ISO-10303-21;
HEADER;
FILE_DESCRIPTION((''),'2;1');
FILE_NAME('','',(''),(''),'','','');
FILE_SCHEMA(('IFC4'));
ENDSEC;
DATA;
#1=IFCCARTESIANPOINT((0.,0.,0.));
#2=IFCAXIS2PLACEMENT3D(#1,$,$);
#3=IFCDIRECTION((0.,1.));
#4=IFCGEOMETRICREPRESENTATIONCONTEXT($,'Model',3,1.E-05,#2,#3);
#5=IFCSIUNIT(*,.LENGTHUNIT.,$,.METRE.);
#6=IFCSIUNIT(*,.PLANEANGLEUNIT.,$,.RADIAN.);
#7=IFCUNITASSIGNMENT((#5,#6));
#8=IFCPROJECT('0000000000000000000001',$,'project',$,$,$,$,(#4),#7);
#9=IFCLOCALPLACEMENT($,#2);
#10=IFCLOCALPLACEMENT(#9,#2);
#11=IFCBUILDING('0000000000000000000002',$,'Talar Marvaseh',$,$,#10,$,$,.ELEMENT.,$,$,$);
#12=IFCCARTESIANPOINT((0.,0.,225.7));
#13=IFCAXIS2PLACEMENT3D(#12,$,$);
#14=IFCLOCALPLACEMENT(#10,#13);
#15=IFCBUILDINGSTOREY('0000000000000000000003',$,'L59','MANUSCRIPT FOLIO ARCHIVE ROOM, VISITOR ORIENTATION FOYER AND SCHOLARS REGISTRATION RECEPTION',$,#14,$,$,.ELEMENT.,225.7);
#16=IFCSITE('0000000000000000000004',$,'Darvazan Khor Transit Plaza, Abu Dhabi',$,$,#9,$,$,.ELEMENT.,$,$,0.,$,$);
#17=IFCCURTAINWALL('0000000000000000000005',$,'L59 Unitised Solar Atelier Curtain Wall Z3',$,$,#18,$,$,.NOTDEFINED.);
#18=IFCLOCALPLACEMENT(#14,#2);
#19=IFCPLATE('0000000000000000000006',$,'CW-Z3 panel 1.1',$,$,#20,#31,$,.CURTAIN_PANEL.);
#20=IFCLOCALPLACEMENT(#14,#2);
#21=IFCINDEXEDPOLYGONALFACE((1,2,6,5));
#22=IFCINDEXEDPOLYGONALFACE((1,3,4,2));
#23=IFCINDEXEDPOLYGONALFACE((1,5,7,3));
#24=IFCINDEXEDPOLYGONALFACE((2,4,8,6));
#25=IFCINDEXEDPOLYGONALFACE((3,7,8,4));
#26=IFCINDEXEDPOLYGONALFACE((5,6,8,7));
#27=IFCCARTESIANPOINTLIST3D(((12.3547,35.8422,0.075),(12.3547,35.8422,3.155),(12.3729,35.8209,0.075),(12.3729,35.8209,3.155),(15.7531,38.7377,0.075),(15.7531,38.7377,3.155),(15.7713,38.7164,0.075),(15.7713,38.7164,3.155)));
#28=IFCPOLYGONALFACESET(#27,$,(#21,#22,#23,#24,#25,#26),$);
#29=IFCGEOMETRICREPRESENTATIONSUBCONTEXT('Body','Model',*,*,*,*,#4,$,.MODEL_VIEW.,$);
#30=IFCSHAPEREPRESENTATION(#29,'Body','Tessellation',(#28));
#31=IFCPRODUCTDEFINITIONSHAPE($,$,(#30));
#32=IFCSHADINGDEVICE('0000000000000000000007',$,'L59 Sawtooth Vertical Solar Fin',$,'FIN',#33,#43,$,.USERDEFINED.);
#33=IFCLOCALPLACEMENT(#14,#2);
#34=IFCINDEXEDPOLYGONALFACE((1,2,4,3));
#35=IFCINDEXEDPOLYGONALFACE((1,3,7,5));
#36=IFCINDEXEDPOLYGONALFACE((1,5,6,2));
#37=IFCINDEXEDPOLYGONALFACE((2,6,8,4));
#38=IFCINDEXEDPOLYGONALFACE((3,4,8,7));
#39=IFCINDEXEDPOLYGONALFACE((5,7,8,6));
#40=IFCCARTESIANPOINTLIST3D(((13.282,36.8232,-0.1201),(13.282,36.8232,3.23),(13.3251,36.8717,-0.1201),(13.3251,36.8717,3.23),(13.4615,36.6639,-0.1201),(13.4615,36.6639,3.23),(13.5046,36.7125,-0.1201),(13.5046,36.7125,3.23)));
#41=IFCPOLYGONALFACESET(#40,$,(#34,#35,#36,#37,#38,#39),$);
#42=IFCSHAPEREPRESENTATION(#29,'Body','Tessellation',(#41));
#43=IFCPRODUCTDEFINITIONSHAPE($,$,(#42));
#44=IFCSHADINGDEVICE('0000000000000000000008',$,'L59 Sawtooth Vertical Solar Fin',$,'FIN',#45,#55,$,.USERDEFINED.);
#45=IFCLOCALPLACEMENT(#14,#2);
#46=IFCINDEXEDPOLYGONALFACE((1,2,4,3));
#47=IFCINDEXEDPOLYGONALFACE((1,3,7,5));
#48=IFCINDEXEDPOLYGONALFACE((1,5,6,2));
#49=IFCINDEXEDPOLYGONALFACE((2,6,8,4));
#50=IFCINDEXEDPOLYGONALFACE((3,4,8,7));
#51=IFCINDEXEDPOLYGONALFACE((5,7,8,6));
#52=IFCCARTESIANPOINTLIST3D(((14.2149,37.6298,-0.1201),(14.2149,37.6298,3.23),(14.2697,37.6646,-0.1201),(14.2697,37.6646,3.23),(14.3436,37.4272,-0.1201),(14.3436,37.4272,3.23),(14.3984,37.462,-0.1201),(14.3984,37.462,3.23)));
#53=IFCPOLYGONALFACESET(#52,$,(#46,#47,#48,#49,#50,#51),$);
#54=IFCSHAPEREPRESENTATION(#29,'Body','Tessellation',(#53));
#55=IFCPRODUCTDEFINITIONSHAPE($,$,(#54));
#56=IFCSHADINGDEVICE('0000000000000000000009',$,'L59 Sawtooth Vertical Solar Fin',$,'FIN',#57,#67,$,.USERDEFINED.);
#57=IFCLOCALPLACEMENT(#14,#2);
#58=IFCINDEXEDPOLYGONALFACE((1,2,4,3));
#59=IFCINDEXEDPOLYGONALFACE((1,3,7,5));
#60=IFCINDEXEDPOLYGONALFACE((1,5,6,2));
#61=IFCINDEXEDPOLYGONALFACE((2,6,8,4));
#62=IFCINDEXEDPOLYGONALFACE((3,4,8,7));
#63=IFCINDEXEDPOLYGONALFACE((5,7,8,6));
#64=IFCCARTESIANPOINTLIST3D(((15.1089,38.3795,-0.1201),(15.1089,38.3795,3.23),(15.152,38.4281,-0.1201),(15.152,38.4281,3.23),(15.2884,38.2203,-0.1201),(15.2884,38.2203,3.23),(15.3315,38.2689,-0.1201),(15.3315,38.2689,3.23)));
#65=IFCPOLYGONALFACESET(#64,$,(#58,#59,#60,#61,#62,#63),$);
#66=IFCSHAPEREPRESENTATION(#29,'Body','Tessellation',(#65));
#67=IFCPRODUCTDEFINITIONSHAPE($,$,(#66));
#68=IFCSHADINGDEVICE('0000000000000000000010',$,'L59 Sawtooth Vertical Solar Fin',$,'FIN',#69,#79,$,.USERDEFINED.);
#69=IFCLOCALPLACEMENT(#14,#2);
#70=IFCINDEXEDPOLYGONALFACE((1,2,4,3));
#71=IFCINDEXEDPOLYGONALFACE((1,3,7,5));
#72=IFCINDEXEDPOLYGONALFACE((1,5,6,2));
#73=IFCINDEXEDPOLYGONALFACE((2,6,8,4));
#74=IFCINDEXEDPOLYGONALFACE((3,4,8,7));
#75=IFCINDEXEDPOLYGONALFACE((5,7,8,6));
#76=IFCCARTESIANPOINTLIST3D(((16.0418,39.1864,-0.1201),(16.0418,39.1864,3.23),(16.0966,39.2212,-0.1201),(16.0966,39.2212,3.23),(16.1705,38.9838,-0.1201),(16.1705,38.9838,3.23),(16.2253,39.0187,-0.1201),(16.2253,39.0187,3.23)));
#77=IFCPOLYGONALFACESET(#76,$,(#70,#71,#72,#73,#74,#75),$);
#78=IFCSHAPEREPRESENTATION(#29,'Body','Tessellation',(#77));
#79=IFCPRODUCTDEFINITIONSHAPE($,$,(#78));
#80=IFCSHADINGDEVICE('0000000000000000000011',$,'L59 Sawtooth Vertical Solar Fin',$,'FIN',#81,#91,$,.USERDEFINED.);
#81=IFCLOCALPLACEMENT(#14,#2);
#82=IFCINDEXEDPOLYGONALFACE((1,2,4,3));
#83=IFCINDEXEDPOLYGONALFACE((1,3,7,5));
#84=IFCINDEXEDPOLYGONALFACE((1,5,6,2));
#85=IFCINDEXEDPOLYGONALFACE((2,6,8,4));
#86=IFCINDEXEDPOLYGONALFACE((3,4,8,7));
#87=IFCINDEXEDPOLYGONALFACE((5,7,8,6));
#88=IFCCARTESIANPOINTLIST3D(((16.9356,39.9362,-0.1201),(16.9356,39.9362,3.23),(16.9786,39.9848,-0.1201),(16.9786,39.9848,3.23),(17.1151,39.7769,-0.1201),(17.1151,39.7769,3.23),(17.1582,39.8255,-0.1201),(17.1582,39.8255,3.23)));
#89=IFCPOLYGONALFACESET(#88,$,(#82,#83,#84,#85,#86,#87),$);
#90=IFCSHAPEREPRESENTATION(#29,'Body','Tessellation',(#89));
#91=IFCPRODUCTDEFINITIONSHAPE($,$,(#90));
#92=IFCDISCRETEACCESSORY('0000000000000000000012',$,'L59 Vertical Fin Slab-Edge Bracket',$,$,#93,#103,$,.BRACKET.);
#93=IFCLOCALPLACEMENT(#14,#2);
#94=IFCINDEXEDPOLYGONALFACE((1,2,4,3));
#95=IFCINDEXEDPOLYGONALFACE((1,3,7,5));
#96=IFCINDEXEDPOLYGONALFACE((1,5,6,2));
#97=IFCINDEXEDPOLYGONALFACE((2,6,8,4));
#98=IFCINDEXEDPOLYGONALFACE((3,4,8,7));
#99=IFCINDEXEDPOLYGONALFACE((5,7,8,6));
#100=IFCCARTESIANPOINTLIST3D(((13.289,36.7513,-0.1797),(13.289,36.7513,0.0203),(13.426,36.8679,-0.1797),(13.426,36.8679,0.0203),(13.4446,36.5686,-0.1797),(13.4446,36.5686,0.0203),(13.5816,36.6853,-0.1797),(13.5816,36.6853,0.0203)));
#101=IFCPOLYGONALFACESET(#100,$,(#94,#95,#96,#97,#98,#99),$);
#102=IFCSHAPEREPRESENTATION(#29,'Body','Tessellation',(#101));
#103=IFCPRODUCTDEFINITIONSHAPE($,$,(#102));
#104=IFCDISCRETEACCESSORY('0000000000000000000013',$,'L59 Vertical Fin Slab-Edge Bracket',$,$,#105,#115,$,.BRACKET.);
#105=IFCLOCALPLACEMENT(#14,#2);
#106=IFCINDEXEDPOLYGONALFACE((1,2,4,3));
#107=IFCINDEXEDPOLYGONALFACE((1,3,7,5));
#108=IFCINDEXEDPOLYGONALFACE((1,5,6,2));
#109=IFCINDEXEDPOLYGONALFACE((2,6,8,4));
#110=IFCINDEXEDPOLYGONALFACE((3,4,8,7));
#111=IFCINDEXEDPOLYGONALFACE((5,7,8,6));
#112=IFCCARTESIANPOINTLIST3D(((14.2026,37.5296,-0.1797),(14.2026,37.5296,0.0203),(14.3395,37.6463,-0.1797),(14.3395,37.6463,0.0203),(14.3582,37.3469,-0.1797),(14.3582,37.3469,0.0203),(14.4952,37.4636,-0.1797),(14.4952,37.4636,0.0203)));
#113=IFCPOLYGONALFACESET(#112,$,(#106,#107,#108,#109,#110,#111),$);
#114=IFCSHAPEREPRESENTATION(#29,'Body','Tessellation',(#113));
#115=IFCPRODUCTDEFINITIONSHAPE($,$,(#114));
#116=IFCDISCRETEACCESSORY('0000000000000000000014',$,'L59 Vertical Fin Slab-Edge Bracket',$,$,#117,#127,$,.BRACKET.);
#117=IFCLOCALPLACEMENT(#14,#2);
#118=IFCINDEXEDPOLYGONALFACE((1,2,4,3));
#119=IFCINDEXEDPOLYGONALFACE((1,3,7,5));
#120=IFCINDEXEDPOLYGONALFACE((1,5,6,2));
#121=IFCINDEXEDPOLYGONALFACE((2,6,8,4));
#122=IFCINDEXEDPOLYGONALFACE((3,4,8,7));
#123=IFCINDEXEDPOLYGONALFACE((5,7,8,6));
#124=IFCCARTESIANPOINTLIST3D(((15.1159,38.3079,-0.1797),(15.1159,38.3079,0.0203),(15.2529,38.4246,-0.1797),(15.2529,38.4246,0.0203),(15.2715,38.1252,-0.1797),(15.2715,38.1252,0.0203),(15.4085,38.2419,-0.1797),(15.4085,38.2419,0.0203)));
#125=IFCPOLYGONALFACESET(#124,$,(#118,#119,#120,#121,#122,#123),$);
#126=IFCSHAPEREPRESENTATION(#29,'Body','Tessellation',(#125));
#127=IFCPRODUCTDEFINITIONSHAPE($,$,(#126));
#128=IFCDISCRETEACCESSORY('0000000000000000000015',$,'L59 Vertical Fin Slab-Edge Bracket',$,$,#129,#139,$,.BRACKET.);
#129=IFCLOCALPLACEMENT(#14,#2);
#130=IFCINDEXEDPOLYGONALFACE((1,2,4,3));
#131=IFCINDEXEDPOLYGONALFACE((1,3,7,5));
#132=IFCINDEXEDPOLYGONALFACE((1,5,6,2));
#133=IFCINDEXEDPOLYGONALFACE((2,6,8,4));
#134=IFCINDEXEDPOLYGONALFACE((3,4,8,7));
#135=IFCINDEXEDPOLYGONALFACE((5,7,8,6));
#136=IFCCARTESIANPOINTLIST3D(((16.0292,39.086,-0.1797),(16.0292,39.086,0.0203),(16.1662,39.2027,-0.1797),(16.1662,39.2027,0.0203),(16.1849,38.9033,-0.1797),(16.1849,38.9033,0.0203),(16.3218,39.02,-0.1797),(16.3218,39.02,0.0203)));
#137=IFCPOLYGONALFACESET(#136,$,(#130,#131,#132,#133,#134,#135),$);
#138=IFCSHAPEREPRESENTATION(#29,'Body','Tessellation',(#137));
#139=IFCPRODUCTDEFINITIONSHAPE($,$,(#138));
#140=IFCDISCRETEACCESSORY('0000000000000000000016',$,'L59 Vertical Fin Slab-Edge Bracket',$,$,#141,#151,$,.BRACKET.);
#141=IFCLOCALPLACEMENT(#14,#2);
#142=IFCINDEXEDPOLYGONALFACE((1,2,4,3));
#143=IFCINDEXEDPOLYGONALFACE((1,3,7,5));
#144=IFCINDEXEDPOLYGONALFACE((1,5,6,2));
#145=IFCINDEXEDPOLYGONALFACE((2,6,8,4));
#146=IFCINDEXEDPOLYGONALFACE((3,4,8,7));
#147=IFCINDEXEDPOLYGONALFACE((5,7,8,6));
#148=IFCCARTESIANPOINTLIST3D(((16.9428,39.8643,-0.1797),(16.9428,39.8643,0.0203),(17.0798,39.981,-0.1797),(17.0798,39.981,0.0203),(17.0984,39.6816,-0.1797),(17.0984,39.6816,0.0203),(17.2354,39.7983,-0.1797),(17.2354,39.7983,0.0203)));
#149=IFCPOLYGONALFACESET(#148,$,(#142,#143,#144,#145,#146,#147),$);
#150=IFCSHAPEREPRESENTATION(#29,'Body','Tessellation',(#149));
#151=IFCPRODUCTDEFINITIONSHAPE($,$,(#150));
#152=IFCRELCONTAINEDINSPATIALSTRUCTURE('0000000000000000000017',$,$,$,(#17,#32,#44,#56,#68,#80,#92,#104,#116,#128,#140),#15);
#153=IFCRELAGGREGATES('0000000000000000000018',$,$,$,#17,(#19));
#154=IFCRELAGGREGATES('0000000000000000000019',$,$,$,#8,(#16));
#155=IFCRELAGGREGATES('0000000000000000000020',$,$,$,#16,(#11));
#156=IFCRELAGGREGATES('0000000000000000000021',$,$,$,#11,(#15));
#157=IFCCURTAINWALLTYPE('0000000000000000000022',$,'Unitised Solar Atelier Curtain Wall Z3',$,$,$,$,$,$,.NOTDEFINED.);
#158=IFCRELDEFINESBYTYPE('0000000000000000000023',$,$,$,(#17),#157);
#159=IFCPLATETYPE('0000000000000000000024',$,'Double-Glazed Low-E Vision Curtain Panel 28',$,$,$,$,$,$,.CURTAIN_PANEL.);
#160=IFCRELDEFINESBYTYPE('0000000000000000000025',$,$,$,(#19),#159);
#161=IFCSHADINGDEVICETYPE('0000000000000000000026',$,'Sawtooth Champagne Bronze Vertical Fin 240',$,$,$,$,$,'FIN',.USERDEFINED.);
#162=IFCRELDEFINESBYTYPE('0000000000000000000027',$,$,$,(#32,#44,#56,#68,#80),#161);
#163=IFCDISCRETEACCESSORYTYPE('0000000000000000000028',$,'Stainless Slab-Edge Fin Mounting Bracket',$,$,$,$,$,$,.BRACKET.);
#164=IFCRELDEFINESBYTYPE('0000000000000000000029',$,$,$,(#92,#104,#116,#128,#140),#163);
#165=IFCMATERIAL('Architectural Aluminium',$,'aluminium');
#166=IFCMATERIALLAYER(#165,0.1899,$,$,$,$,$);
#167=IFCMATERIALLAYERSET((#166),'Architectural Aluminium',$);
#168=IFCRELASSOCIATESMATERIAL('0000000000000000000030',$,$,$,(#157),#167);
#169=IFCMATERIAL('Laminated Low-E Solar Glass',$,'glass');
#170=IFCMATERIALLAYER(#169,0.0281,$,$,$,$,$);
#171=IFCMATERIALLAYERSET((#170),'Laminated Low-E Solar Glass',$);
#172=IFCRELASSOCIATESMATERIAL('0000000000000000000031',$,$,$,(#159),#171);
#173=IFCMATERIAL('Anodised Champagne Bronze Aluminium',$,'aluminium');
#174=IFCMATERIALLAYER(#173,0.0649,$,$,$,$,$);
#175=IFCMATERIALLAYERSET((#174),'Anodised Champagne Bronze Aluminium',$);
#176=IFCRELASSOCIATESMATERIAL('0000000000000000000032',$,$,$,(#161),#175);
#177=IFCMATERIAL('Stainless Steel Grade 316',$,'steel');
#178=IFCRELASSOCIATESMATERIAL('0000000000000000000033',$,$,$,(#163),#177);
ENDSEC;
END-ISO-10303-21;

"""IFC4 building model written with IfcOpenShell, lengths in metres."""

from ifc_helpers import new_model, si_unit, direction, frame, origin, origin_2d, place, context, subcontext, project, spatial, rectangle, extrude, source, transform, mapped, material, layer, layer_set, type_object, type_shapes, element, aggregate, save


model = new_model("IFC4")

# Units and contexts
model_context = context("Model", 3, precision=1e-05, world=origin(), true_north=direction((0.0, 1.0)))
body_context = subcontext(model_context, "Body", "Model", "MODEL_VIEW")
ifc_project = project(units=[si_unit("LENGTHUNIT", "METRE"), si_unit("PLANEANGLEUNIT", "RADIAN")], contexts=[model_context])

# Site, building, storey
site_placement = place(None, origin())
site = spatial("IfcSite", under=ifc_project, at=site_placement, Name="Darvazan Khor Transit Plaza, Abu Dhabi", CompositionType="ELEMENT", RefElevation=0.0)
building_placement = place(site_placement, origin())
building = spatial("IfcBuilding", under=site, at=building_placement, Name="Talar Marvaseh", CompositionType="ELEMENT")
storey_placement = place(building_placement, frame((0.0, 0.0, 225.7)))
storey = spatial("IfcBuildingStorey", under=building, at=storey_placement, Name="L59", Description="MANUSCRIPT FOLIO ARCHIVE ROOM, VISITOR ORIENTATION FOYER AND SCHOLARS REGISTRATION RECEPTION", CompositionType="ELEMENT", Elevation=225.7)

# Curtain wall, plate
ifc_material_1 = material(Name="Architectural Aluminium", Category="aluminium")
ifc_layer_1 = layer(ifc_material_1, 0.1899)
ifc_layer_set_1 = layer_set([ifc_layer_1], Name="Architectural Aluminium")
curtain_wall_type = type_object("IfcCurtainWallType", Name="Unitised Solar Atelier Curtain Wall Z3", PredefinedType="NOTDEFINED", material=ifc_layer_set_1)
curtain_wall_placement = place(storey_placement, origin())
curtain_wall = element("IfcCurtainWall", 1, at=curtain_wall_placement, inside=storey, type_object=curtain_wall_type, Name="L59 Unitised Solar Atelier Curtain Wall Z3", PredefinedType="NOTDEFINED")
ifc_material_2 = material(Name="Laminated Low-E Solar Glass", Category="glass")
ifc_layer_2 = layer(ifc_material_2, 0.0281)
ifc_layer_set_2 = layer_set([ifc_layer_2], Name="Laminated Low-E Solar Glass")
plate_type = type_object("IfcPlateType", Name="Double-Glazed Low-E Vision Curtain Panel 28", PredefinedType="CURTAIN_PANEL", material=ifc_layer_set_2)
shared_shape_1 = source(origin(), body_context, "Body", "SweptSolid", [
    extrude(rectangle(XDim=4.4646, YDim=0.0281, at=origin_2d()), origin(), (0.0, 0.0, 1.0), 3.0801),
])
plate_1_placement = place(storey_placement, frame((14.063, 37.2793, 0.075), z_axis=(0.0, 0.0, 1.0), x_axis=(0.761176, 0.648546, 0.0)))
plate_1 = element("IfcPlate", 2, at=plate_1_placement, type_object=plate_type, Name="CW-Z3 panel 1.1", PredefinedType="CURTAIN_PANEL", context=body_context, shape_type="MappedRepresentation", body=[
    mapped(shared_shape_1, transform((0.0, 0.0, 0.0), x_axis=(1.0, 0.0, 0.0), y_axis=(0.0, 1.0, 0.0), z_axis=(0.0, 0.0, 1.0), scale=1.0)),
])
aggregate(curtain_wall, [plate_1])

# Shading devices
ifc_material_3 = material(Name="Anodised Champagne Bronze Aluminium", Category="aluminium")
ifc_layer_3 = layer(ifc_material_3, 0.0649)
ifc_layer_set_3 = layer_set([ifc_layer_3], Name="Anodised Champagne Bronze Aluminium")
shading_device_type = type_object("IfcShadingDeviceType", Name="Sawtooth Champagne Bronze Vertical Fin 240", ElementType="FIN", PredefinedType="USERDEFINED", material=ifc_layer_set_3)
shared_shape_2 = source(origin(), body_context, "Body", "SweptSolid", [
    extrude(rectangle(XDim=0.24, YDim=0.0649, at=origin_2d()), origin(), (0.0, 0.0, 1.0), 3.3501),
])
type_shapes(shading_device_type, [shared_shape_2])
for number, where, z_axis, x_axis, name in (
    (3, (13.3933, 36.7678, -0.1201), (0.0, 0.0, 1.0), (-0.748146, 0.663535, 0.0), "L59 Sawtooth Vertical Solar Fin"),
    (4, (14.3066, 37.5459, -0.1201), (0.0, 0.0, 1.0), (-0.536269, 0.844047, 0.0), "L59 Sawtooth Vertical Solar Fin"),
    (5, (15.2202, 38.3242, -0.1201), (0.0, 0.0, 1.0), (-0.748146, 0.663535, 0.0), "L59 Sawtooth Vertical Solar Fin"),
    (6, (16.1335, 39.1025, -0.1201), (0.0, 0.0, 1.0), (-0.536269, 0.844047, 0.0), "L59 Sawtooth Vertical Solar Fin"),
    (7, (17.0469, 39.8809, -0.1201), (0.0, 0.0, 1.0), (-0.748146, 0.663535, 0.0), "L59 Sawtooth Vertical Solar Fin"),
):
    element("IfcShadingDevice", number, at=place(storey_placement, frame(where, z_axis=z_axis, x_axis=x_axis)), inside=storey, type_object=shading_device_type, Name=name, ObjectType="FIN", PredefinedType="USERDEFINED", context=body_context, shape_type="MappedRepresentation", body=[
        mapped(shared_shape_2, transform((0.0, 0.0, 0.0), x_axis=(1.0, 0.0, 0.0), y_axis=(0.0, 1.0, 0.0), z_axis=(0.0, 0.0, 1.0), scale=1.0)),
    ])

# Discrete accessories
ifc_material_4 = material(Name="Stainless Steel Grade 316", Category="steel")
discrete_accessory_type = type_object("IfcDiscreteAccessoryType", Name="Stainless Slab-Edge Fin Mounting Bracket", PredefinedType="BRACKET", material=ifc_material_4)
shared_shape_3 = source(origin(), body_context, "Body", "SweptSolid", [
    extrude(rectangle(XDim=0.24, YDim=0.1799, at=origin_2d()), origin(), (0.0, 0.0, 1.0), 0.2),
])
type_shapes(discrete_accessory_type, [shared_shape_3])
for number, where, z_axis, x_axis, name in (
    (8, (13.4353, 36.7183, -0.1797), (0.0, 0.0, 1.0), (-0.648519, 0.761199, 0.0), "L59 Vertical Fin Slab-Edge Bracket"),
    (9, (14.3489, 37.4966, -0.1797), (0.0, 0.0, 1.0), (-0.648519, 0.761199, 0.0), "L59 Vertical Fin Slab-Edge Bracket"),
    (10, (15.2622, 38.2749, -0.1797), (0.0, 0.0, 1.0), (-0.648519, 0.761199, 0.0), "L59 Vertical Fin Slab-Edge Bracket"),
    (11, (16.1755, 39.053, -0.1797), (0.0, 0.0, 1.0), (-0.648519, 0.761199, 0.0), "L59 Vertical Fin Slab-Edge Bracket"),
    (12, (17.0891, 39.8313, -0.1797), (0.0, 0.0, 1.0), (-0.648519, 0.761199, 0.0), "L59 Vertical Fin Slab-Edge Bracket"),
):
    element("IfcDiscreteAccessory", number, at=place(storey_placement, frame(where, z_axis=z_axis, x_axis=x_axis)), inside=storey, type_object=discrete_accessory_type, Name=name, PredefinedType="BRACKET", context=body_context, shape_type="MappedRepresentation", body=[
        mapped(shared_shape_3, transform((0.0, 0.0, 0.0), x_axis=(1.0, 0.0, 0.0), y_axis=(0.0, 1.0, 0.0), z_axis=(0.0, 0.0, 1.0), scale=1.0)),
    ])

save(model, "model.ifc")
